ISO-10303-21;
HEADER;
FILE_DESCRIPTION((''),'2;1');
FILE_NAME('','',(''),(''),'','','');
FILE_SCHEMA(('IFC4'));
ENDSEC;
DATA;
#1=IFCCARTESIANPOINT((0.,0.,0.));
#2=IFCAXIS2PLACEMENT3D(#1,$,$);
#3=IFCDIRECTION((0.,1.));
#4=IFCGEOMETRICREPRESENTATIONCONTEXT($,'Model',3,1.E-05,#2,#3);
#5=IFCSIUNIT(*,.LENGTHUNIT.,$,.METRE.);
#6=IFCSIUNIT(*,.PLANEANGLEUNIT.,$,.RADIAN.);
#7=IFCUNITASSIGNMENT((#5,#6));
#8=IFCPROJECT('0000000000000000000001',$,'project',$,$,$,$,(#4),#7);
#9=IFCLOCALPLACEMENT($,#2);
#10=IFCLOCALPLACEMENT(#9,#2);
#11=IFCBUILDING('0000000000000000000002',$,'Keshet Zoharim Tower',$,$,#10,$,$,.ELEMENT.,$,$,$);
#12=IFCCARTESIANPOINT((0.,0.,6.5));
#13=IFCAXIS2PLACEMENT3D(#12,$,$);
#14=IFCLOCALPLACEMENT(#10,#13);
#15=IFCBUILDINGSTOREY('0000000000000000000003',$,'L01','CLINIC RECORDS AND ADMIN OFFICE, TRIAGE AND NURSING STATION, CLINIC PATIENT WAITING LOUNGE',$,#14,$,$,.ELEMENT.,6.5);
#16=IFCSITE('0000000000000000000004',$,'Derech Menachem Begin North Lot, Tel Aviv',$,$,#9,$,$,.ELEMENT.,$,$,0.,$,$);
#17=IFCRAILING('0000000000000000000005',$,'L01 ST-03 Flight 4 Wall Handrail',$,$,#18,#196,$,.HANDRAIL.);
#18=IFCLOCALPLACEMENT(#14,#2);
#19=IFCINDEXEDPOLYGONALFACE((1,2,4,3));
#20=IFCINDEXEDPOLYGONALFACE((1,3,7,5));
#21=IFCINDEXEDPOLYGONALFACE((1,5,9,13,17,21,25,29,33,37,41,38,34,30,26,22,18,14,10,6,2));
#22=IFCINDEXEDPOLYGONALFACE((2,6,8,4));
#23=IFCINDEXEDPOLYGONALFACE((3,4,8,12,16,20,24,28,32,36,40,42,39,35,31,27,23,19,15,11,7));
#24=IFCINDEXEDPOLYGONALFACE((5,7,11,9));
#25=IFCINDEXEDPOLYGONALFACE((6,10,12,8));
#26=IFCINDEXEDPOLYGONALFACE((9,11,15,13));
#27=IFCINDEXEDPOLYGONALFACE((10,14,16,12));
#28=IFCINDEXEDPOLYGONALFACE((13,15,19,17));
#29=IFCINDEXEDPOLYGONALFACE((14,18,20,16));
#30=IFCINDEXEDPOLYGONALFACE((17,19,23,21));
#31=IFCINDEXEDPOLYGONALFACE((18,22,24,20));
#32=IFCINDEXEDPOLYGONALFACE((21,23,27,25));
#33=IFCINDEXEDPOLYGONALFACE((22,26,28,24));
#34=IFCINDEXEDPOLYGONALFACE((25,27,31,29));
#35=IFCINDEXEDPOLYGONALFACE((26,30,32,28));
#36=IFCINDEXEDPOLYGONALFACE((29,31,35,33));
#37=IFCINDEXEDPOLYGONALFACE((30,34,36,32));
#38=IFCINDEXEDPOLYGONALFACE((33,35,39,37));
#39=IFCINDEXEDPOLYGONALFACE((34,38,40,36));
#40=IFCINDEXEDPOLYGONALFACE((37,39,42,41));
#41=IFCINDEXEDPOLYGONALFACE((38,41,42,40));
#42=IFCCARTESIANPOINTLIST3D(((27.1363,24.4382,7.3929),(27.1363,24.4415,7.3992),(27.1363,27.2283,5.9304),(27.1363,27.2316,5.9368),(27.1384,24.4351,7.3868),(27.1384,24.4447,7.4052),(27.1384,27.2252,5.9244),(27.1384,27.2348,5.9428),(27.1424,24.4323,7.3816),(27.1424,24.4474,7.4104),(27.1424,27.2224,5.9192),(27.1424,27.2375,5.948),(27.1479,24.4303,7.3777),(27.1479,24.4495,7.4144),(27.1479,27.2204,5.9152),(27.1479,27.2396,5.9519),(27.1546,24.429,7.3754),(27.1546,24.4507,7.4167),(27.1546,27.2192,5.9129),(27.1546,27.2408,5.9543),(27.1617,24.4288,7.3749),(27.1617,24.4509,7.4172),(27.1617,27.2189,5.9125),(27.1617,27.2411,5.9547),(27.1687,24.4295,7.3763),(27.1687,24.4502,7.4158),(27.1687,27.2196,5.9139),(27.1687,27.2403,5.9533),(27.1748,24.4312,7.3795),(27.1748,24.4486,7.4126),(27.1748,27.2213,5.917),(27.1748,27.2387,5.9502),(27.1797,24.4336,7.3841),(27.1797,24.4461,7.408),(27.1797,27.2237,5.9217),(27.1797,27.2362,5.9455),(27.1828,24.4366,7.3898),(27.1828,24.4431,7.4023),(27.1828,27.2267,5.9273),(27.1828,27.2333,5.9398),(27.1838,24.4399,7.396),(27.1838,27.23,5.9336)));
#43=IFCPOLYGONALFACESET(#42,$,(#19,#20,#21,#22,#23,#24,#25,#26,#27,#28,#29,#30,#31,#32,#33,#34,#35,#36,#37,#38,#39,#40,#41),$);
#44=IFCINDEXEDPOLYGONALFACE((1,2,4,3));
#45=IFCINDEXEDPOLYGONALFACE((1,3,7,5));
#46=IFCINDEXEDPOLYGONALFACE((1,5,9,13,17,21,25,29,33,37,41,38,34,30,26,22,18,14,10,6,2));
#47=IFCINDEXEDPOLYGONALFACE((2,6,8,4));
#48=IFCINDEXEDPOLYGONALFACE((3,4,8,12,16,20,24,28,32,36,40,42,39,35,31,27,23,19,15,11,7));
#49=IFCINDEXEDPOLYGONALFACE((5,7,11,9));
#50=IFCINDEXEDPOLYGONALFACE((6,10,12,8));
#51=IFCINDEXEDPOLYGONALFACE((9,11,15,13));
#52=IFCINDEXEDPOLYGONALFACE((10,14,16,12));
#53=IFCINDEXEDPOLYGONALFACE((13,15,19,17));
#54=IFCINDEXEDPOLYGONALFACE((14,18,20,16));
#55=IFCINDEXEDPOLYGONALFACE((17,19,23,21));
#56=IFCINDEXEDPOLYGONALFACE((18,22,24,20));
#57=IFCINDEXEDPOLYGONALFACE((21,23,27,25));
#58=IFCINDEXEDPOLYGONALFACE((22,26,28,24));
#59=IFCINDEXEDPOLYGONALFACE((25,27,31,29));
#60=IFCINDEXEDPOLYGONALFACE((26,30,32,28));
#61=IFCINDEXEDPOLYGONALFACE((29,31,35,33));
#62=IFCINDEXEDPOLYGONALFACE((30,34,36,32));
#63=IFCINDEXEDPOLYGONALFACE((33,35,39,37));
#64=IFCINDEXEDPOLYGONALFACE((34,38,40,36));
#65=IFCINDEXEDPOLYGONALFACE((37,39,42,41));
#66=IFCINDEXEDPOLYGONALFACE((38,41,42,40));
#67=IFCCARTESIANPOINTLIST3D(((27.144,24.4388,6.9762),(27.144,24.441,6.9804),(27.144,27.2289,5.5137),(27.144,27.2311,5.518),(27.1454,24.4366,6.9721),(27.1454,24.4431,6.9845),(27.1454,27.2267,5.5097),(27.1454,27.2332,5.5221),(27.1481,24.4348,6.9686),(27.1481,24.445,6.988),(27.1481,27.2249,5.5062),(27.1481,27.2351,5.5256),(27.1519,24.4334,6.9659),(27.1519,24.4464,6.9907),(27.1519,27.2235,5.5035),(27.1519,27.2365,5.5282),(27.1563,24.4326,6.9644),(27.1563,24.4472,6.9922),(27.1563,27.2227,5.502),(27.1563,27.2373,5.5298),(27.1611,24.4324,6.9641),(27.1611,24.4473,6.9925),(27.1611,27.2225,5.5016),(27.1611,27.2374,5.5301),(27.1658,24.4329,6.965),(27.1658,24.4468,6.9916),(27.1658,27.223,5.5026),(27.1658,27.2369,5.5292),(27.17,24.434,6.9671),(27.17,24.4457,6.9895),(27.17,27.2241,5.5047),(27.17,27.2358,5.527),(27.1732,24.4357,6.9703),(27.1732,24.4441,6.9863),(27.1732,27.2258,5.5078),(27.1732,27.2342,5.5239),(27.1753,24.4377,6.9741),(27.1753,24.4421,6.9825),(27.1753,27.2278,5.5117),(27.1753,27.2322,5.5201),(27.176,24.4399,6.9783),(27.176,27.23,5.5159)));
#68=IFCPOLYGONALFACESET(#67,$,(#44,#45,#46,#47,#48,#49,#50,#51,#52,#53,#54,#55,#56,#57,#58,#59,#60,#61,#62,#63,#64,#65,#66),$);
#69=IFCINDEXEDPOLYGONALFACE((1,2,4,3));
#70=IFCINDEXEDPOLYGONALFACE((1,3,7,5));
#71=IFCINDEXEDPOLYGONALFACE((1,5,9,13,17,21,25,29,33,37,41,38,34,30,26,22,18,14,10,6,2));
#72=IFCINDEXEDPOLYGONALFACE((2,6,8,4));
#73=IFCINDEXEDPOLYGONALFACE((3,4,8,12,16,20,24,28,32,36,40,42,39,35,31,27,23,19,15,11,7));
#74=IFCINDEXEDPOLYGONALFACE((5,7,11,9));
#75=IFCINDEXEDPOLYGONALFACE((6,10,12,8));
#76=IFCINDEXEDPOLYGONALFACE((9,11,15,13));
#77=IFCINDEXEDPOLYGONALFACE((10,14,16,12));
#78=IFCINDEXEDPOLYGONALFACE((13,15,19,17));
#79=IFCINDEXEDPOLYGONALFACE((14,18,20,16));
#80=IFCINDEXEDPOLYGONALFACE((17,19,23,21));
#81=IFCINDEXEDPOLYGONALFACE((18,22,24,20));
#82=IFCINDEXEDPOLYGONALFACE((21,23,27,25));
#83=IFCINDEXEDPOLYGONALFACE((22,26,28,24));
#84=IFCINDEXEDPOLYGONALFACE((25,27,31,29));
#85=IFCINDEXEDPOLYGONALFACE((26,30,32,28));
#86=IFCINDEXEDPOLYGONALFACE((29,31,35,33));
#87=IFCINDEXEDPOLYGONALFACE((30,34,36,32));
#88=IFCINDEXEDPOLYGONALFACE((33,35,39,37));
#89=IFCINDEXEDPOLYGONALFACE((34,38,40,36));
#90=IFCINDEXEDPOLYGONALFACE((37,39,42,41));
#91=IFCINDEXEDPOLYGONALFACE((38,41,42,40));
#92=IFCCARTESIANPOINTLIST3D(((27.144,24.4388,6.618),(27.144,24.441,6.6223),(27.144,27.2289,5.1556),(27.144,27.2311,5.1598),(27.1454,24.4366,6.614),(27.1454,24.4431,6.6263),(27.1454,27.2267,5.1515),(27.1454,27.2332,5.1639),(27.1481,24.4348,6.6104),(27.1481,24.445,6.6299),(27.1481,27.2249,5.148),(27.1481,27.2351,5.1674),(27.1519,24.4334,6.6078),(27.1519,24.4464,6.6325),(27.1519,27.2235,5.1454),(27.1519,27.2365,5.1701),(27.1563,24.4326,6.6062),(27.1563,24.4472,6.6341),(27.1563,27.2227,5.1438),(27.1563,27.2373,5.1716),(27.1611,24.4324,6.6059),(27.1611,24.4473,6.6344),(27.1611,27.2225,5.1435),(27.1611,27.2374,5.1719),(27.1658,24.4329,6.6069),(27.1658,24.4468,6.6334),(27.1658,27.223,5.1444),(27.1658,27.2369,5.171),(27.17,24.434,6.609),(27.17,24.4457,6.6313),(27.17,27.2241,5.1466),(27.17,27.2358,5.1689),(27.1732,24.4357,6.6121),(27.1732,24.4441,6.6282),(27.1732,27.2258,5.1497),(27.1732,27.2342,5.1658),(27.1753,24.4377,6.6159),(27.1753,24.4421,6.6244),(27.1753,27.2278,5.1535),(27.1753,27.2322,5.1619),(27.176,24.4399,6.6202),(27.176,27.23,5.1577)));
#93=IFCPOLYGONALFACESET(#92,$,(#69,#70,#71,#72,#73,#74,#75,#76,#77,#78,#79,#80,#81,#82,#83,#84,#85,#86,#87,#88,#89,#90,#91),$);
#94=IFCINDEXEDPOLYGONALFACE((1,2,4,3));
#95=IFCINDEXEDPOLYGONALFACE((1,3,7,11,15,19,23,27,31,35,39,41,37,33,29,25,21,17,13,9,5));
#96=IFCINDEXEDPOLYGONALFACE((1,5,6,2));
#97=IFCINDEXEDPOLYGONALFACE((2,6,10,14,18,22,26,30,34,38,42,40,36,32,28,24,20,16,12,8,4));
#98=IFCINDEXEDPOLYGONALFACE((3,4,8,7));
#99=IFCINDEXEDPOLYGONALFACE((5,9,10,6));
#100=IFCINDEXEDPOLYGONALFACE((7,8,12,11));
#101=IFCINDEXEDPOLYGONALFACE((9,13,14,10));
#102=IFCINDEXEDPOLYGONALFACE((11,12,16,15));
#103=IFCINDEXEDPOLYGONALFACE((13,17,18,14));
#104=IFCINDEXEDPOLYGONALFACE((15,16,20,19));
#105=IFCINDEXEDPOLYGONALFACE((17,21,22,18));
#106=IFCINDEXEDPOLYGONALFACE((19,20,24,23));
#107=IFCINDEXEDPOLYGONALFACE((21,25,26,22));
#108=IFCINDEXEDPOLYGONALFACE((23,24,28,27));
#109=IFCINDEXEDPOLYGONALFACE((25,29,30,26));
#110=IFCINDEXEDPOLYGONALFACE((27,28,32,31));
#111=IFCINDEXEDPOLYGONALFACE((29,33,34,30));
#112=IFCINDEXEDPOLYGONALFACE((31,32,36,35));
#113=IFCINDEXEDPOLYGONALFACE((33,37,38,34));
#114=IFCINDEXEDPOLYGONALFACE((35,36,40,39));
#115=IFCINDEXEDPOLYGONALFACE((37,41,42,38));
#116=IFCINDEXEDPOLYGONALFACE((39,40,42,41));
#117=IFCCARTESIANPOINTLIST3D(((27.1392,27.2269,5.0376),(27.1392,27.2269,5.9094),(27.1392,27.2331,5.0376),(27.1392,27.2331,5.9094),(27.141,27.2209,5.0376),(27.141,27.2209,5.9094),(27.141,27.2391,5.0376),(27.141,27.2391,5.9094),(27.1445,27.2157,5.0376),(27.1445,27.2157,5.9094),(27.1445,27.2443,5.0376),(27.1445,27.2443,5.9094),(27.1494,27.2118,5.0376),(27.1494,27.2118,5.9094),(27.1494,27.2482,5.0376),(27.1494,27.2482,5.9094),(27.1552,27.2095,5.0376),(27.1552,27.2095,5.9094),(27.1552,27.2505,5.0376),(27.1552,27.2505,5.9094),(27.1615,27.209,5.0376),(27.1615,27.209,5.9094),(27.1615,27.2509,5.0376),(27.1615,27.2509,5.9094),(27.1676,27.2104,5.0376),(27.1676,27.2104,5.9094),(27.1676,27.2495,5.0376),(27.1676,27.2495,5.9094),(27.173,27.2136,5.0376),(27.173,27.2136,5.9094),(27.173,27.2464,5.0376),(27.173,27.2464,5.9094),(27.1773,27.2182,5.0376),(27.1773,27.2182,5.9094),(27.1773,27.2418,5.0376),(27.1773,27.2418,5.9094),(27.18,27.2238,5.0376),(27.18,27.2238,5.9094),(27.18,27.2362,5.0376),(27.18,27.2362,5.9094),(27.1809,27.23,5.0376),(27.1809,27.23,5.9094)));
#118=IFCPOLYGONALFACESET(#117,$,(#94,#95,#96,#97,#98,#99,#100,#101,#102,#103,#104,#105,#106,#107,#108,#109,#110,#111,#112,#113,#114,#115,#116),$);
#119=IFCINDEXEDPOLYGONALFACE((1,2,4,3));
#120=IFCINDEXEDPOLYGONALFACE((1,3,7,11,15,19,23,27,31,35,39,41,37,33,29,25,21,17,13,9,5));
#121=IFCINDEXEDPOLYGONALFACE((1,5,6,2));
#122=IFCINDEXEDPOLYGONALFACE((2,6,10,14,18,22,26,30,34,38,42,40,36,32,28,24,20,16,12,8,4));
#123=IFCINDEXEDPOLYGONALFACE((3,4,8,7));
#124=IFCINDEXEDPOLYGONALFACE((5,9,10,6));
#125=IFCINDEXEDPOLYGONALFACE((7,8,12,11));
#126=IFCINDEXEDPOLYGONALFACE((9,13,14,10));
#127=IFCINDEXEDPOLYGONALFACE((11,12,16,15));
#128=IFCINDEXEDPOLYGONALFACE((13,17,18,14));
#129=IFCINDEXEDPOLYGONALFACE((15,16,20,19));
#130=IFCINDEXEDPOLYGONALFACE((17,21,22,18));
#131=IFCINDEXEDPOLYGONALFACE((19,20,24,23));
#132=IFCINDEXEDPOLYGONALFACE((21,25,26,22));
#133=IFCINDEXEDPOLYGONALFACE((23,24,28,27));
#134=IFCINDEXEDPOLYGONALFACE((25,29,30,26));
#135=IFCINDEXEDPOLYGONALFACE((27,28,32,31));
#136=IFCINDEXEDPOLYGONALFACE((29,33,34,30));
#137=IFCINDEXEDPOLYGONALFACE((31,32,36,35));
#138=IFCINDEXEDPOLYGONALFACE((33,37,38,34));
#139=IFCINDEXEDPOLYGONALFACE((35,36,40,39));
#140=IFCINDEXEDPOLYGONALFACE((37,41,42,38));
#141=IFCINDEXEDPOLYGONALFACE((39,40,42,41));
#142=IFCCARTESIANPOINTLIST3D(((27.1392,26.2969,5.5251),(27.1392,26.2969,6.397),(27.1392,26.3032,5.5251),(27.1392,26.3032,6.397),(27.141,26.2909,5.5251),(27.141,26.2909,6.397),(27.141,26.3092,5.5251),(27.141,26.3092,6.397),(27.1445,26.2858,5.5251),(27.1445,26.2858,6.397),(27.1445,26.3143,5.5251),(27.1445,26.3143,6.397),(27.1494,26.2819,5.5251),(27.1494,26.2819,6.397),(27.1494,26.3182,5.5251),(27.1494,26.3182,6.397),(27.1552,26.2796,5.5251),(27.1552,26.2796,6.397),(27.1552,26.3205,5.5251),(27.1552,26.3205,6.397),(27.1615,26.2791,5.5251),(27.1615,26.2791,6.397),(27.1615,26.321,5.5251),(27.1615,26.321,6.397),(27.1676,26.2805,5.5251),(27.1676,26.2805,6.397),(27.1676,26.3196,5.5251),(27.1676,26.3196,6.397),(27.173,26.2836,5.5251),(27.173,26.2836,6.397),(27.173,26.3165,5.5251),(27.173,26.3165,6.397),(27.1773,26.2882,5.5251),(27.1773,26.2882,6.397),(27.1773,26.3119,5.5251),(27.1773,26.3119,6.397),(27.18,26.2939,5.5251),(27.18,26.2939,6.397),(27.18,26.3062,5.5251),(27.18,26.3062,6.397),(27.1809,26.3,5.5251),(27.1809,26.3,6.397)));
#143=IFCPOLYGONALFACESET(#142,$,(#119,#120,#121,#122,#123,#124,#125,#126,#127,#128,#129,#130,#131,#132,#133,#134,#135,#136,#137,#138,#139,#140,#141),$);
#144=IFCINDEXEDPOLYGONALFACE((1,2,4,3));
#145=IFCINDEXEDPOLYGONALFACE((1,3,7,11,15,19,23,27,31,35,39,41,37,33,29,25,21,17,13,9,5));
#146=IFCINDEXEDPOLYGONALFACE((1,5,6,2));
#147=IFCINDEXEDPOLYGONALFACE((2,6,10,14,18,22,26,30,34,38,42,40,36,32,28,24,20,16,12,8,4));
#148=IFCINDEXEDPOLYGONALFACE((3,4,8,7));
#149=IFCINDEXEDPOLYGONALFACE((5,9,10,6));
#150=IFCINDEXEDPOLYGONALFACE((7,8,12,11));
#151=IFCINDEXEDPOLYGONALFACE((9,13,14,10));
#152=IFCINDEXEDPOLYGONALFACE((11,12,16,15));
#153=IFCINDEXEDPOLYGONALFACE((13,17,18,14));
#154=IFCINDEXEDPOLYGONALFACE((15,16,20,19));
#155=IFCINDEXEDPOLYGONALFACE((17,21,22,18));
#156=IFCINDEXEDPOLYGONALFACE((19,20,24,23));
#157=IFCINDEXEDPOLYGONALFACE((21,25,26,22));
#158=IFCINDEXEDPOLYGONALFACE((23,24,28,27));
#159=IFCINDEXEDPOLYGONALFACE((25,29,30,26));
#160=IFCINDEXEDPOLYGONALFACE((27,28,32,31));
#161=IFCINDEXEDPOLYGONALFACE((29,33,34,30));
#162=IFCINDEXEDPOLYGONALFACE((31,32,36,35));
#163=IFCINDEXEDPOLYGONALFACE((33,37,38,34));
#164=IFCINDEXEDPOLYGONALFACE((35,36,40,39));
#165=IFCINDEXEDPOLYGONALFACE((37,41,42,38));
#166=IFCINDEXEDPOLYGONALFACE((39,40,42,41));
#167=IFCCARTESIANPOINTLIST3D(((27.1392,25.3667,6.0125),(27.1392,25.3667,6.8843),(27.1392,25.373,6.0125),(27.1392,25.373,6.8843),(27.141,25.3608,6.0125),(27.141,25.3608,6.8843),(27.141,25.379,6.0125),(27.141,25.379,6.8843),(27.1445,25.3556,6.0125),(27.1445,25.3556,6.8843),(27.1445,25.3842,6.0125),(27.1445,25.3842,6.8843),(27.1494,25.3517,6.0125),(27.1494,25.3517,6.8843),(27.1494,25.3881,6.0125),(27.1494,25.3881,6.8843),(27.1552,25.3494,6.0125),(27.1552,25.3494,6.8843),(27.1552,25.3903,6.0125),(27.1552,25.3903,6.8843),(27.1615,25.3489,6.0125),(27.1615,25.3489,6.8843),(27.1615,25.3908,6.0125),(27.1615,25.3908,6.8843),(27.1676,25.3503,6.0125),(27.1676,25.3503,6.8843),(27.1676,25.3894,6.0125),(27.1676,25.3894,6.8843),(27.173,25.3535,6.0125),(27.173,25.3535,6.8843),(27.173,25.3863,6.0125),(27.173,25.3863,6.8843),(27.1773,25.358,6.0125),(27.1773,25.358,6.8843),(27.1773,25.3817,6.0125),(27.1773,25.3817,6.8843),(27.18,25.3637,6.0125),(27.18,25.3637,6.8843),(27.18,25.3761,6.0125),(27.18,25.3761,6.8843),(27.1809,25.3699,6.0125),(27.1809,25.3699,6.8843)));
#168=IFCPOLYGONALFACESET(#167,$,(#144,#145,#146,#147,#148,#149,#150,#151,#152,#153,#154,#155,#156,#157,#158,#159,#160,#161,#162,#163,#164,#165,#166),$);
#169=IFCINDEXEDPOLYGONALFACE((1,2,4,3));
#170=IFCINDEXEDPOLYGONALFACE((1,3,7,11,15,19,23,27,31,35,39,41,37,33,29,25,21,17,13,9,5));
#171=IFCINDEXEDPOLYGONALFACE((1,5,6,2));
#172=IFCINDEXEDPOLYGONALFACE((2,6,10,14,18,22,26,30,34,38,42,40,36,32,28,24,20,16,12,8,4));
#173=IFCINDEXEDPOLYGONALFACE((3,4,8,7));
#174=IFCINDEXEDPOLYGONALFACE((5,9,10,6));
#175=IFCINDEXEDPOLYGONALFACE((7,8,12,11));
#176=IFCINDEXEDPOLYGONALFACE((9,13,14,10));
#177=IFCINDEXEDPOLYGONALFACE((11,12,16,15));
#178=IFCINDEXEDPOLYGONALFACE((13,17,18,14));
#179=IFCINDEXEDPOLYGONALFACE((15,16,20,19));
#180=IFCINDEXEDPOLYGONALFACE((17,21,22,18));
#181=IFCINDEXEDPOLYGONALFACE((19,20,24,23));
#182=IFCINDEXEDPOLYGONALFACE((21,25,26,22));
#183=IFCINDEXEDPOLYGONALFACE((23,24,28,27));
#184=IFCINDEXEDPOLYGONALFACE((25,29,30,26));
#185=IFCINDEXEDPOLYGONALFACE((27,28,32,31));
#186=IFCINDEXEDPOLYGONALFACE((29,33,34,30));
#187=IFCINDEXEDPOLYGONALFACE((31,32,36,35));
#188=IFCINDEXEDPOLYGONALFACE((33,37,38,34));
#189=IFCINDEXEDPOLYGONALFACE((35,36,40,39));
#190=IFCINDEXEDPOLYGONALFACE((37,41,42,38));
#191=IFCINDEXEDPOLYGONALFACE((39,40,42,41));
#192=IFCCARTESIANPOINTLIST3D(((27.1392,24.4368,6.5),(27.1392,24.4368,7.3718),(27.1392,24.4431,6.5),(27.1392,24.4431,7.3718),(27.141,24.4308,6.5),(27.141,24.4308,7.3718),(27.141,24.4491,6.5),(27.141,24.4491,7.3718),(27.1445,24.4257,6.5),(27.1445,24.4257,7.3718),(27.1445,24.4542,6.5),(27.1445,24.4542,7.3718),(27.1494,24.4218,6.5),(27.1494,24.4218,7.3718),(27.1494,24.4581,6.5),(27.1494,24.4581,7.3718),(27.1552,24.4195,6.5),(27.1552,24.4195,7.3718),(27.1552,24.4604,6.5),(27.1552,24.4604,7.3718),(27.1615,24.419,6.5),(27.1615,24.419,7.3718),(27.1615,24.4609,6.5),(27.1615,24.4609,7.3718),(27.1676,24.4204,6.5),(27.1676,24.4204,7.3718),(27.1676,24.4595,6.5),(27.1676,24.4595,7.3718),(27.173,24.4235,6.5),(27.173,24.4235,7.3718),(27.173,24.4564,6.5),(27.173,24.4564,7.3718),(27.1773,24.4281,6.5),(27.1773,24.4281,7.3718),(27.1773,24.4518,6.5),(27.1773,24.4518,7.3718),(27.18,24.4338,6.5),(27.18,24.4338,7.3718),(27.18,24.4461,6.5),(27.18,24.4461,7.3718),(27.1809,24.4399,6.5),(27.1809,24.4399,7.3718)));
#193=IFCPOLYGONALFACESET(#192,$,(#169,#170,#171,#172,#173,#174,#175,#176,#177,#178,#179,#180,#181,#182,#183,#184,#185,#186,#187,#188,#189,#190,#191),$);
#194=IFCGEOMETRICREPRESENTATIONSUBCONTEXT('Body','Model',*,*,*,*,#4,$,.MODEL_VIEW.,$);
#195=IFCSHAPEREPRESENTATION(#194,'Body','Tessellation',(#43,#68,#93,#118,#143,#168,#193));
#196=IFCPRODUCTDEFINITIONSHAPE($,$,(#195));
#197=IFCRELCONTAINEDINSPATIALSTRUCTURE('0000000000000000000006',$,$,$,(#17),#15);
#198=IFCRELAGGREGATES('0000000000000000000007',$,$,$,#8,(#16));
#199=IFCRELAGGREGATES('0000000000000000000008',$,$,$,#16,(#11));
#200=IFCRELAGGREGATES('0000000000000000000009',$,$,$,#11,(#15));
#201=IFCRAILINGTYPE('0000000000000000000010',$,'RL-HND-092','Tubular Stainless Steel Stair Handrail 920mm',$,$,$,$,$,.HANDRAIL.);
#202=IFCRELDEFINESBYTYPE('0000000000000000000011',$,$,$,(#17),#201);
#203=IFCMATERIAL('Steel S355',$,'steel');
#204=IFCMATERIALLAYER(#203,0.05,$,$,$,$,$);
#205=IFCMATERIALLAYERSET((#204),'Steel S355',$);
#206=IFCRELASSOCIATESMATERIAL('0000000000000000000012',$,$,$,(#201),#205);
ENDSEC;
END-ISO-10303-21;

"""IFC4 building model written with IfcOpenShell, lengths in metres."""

from ifc_helpers import new_model, si_unit, direction, frame, origin, origin_2d, place, context, subcontext, project, spatial, circle, extrude, material, layer, layer_set, type_object, element, save


model = new_model("IFC4")

# Units and contexts
model_context = context("Model", 3, precision=1e-05, world=origin(), true_north=direction((0.0, 1.0)))
body_context = subcontext(model_context, "Body", "Model", "MODEL_VIEW")
ifc_project = project(units=[si_unit("LENGTHUNIT", "METRE"), si_unit("PLANEANGLEUNIT", "RADIAN")], contexts=[model_context])

# Site, building, storey
site_placement = place(None, origin())
site = spatial("IfcSite", under=ifc_project, at=site_placement, Name="Derech Menachem Begin North Lot, Tel Aviv", CompositionType="ELEMENT", RefElevation=0.0)
building_placement = place(site_placement, origin())
building = spatial("IfcBuilding", under=site, at=building_placement, Name="Keshet Zoharim Tower", CompositionType="ELEMENT")
storey_placement = place(building_placement, frame((0.0, 0.0, 6.5)))
storey = spatial("IfcBuildingStorey", under=building, at=storey_placement, Name="L01", Description="CLINIC RECORDS AND ADMIN OFFICE, TRIAGE AND NURSING STATION, CLINIC PATIENT WAITING LOUNGE", CompositionType="ELEMENT", Elevation=6.5)

# Railing
ifc_material_1 = material(Name="Steel S355", Category="steel")
ifc_layer_1 = layer(ifc_material_1, 0.05)
ifc_layer_set_1 = layer_set([ifc_layer_1], Name="Steel S355")
railing_type_1 = type_object("IfcRailingType", Name="RL-HND-092", Description="Tubular Stainless Steel Stair Handrail 920mm", PredefinedType="HANDRAIL", material=ifc_layer_set_1)
railing_1_placement = place(storey_placement, frame((27.1599, 27.23, 5.0376)))
element("IfcRailing", 1, at=railing_1_placement, inside=storey, type_object=railing_type_1, Name="L01 ST-03 Flight 4 Wall Handrail", PredefinedType="HANDRAIL", context=body_context, shape_type="SweptSolid", body=[
    extrude(circle(Radius=0.0239, at=origin_2d()), frame((0.0, 0.0, 0.896), z_axis=(0.0, -0.885707, 0.464244), x_axis=(1.0, 0.0, 0.0)), (0.0, 0.0, 1.0), 3.1501),
    extrude(circle(Radius=0.0161, at=origin_2d()), frame((0.0, 0.0, 0.4783), z_axis=(0.0, -0.885707, 0.464244), x_axis=(1.0, 0.0, 0.0)), (0.0, 0.0, 1.0), 3.1501),
    extrude(circle(Radius=0.0161, at=origin_2d()), frame((0.0, 0.0, 0.1201), z_axis=(0.0, -0.885707, 0.464244), x_axis=(1.0, 0.0, 0.0)), (0.0, 0.0, 1.0), 3.1501),
    extrude(circle(Radius=0.021, at=origin_2d()), origin(), (0.0, 0.0, 1.0), 0.8718),
    extrude(circle(Radius=0.021, at=origin_2d()), frame((0.0, -0.9299, 0.4875)), (0.0, 0.0, 1.0), 0.8718),
    extrude(circle(Radius=0.021, at=origin_2d()), frame((0.0, -1.8601, 0.9749)), (0.0, 0.0, 1.0), 0.8718),
    extrude(circle(Radius=0.021, at=origin_2d()), frame((0.0, -2.79, 1.4624)), (0.0, 0.0, 1.0), 0.8718),
])

save(model, "model.ifc")
